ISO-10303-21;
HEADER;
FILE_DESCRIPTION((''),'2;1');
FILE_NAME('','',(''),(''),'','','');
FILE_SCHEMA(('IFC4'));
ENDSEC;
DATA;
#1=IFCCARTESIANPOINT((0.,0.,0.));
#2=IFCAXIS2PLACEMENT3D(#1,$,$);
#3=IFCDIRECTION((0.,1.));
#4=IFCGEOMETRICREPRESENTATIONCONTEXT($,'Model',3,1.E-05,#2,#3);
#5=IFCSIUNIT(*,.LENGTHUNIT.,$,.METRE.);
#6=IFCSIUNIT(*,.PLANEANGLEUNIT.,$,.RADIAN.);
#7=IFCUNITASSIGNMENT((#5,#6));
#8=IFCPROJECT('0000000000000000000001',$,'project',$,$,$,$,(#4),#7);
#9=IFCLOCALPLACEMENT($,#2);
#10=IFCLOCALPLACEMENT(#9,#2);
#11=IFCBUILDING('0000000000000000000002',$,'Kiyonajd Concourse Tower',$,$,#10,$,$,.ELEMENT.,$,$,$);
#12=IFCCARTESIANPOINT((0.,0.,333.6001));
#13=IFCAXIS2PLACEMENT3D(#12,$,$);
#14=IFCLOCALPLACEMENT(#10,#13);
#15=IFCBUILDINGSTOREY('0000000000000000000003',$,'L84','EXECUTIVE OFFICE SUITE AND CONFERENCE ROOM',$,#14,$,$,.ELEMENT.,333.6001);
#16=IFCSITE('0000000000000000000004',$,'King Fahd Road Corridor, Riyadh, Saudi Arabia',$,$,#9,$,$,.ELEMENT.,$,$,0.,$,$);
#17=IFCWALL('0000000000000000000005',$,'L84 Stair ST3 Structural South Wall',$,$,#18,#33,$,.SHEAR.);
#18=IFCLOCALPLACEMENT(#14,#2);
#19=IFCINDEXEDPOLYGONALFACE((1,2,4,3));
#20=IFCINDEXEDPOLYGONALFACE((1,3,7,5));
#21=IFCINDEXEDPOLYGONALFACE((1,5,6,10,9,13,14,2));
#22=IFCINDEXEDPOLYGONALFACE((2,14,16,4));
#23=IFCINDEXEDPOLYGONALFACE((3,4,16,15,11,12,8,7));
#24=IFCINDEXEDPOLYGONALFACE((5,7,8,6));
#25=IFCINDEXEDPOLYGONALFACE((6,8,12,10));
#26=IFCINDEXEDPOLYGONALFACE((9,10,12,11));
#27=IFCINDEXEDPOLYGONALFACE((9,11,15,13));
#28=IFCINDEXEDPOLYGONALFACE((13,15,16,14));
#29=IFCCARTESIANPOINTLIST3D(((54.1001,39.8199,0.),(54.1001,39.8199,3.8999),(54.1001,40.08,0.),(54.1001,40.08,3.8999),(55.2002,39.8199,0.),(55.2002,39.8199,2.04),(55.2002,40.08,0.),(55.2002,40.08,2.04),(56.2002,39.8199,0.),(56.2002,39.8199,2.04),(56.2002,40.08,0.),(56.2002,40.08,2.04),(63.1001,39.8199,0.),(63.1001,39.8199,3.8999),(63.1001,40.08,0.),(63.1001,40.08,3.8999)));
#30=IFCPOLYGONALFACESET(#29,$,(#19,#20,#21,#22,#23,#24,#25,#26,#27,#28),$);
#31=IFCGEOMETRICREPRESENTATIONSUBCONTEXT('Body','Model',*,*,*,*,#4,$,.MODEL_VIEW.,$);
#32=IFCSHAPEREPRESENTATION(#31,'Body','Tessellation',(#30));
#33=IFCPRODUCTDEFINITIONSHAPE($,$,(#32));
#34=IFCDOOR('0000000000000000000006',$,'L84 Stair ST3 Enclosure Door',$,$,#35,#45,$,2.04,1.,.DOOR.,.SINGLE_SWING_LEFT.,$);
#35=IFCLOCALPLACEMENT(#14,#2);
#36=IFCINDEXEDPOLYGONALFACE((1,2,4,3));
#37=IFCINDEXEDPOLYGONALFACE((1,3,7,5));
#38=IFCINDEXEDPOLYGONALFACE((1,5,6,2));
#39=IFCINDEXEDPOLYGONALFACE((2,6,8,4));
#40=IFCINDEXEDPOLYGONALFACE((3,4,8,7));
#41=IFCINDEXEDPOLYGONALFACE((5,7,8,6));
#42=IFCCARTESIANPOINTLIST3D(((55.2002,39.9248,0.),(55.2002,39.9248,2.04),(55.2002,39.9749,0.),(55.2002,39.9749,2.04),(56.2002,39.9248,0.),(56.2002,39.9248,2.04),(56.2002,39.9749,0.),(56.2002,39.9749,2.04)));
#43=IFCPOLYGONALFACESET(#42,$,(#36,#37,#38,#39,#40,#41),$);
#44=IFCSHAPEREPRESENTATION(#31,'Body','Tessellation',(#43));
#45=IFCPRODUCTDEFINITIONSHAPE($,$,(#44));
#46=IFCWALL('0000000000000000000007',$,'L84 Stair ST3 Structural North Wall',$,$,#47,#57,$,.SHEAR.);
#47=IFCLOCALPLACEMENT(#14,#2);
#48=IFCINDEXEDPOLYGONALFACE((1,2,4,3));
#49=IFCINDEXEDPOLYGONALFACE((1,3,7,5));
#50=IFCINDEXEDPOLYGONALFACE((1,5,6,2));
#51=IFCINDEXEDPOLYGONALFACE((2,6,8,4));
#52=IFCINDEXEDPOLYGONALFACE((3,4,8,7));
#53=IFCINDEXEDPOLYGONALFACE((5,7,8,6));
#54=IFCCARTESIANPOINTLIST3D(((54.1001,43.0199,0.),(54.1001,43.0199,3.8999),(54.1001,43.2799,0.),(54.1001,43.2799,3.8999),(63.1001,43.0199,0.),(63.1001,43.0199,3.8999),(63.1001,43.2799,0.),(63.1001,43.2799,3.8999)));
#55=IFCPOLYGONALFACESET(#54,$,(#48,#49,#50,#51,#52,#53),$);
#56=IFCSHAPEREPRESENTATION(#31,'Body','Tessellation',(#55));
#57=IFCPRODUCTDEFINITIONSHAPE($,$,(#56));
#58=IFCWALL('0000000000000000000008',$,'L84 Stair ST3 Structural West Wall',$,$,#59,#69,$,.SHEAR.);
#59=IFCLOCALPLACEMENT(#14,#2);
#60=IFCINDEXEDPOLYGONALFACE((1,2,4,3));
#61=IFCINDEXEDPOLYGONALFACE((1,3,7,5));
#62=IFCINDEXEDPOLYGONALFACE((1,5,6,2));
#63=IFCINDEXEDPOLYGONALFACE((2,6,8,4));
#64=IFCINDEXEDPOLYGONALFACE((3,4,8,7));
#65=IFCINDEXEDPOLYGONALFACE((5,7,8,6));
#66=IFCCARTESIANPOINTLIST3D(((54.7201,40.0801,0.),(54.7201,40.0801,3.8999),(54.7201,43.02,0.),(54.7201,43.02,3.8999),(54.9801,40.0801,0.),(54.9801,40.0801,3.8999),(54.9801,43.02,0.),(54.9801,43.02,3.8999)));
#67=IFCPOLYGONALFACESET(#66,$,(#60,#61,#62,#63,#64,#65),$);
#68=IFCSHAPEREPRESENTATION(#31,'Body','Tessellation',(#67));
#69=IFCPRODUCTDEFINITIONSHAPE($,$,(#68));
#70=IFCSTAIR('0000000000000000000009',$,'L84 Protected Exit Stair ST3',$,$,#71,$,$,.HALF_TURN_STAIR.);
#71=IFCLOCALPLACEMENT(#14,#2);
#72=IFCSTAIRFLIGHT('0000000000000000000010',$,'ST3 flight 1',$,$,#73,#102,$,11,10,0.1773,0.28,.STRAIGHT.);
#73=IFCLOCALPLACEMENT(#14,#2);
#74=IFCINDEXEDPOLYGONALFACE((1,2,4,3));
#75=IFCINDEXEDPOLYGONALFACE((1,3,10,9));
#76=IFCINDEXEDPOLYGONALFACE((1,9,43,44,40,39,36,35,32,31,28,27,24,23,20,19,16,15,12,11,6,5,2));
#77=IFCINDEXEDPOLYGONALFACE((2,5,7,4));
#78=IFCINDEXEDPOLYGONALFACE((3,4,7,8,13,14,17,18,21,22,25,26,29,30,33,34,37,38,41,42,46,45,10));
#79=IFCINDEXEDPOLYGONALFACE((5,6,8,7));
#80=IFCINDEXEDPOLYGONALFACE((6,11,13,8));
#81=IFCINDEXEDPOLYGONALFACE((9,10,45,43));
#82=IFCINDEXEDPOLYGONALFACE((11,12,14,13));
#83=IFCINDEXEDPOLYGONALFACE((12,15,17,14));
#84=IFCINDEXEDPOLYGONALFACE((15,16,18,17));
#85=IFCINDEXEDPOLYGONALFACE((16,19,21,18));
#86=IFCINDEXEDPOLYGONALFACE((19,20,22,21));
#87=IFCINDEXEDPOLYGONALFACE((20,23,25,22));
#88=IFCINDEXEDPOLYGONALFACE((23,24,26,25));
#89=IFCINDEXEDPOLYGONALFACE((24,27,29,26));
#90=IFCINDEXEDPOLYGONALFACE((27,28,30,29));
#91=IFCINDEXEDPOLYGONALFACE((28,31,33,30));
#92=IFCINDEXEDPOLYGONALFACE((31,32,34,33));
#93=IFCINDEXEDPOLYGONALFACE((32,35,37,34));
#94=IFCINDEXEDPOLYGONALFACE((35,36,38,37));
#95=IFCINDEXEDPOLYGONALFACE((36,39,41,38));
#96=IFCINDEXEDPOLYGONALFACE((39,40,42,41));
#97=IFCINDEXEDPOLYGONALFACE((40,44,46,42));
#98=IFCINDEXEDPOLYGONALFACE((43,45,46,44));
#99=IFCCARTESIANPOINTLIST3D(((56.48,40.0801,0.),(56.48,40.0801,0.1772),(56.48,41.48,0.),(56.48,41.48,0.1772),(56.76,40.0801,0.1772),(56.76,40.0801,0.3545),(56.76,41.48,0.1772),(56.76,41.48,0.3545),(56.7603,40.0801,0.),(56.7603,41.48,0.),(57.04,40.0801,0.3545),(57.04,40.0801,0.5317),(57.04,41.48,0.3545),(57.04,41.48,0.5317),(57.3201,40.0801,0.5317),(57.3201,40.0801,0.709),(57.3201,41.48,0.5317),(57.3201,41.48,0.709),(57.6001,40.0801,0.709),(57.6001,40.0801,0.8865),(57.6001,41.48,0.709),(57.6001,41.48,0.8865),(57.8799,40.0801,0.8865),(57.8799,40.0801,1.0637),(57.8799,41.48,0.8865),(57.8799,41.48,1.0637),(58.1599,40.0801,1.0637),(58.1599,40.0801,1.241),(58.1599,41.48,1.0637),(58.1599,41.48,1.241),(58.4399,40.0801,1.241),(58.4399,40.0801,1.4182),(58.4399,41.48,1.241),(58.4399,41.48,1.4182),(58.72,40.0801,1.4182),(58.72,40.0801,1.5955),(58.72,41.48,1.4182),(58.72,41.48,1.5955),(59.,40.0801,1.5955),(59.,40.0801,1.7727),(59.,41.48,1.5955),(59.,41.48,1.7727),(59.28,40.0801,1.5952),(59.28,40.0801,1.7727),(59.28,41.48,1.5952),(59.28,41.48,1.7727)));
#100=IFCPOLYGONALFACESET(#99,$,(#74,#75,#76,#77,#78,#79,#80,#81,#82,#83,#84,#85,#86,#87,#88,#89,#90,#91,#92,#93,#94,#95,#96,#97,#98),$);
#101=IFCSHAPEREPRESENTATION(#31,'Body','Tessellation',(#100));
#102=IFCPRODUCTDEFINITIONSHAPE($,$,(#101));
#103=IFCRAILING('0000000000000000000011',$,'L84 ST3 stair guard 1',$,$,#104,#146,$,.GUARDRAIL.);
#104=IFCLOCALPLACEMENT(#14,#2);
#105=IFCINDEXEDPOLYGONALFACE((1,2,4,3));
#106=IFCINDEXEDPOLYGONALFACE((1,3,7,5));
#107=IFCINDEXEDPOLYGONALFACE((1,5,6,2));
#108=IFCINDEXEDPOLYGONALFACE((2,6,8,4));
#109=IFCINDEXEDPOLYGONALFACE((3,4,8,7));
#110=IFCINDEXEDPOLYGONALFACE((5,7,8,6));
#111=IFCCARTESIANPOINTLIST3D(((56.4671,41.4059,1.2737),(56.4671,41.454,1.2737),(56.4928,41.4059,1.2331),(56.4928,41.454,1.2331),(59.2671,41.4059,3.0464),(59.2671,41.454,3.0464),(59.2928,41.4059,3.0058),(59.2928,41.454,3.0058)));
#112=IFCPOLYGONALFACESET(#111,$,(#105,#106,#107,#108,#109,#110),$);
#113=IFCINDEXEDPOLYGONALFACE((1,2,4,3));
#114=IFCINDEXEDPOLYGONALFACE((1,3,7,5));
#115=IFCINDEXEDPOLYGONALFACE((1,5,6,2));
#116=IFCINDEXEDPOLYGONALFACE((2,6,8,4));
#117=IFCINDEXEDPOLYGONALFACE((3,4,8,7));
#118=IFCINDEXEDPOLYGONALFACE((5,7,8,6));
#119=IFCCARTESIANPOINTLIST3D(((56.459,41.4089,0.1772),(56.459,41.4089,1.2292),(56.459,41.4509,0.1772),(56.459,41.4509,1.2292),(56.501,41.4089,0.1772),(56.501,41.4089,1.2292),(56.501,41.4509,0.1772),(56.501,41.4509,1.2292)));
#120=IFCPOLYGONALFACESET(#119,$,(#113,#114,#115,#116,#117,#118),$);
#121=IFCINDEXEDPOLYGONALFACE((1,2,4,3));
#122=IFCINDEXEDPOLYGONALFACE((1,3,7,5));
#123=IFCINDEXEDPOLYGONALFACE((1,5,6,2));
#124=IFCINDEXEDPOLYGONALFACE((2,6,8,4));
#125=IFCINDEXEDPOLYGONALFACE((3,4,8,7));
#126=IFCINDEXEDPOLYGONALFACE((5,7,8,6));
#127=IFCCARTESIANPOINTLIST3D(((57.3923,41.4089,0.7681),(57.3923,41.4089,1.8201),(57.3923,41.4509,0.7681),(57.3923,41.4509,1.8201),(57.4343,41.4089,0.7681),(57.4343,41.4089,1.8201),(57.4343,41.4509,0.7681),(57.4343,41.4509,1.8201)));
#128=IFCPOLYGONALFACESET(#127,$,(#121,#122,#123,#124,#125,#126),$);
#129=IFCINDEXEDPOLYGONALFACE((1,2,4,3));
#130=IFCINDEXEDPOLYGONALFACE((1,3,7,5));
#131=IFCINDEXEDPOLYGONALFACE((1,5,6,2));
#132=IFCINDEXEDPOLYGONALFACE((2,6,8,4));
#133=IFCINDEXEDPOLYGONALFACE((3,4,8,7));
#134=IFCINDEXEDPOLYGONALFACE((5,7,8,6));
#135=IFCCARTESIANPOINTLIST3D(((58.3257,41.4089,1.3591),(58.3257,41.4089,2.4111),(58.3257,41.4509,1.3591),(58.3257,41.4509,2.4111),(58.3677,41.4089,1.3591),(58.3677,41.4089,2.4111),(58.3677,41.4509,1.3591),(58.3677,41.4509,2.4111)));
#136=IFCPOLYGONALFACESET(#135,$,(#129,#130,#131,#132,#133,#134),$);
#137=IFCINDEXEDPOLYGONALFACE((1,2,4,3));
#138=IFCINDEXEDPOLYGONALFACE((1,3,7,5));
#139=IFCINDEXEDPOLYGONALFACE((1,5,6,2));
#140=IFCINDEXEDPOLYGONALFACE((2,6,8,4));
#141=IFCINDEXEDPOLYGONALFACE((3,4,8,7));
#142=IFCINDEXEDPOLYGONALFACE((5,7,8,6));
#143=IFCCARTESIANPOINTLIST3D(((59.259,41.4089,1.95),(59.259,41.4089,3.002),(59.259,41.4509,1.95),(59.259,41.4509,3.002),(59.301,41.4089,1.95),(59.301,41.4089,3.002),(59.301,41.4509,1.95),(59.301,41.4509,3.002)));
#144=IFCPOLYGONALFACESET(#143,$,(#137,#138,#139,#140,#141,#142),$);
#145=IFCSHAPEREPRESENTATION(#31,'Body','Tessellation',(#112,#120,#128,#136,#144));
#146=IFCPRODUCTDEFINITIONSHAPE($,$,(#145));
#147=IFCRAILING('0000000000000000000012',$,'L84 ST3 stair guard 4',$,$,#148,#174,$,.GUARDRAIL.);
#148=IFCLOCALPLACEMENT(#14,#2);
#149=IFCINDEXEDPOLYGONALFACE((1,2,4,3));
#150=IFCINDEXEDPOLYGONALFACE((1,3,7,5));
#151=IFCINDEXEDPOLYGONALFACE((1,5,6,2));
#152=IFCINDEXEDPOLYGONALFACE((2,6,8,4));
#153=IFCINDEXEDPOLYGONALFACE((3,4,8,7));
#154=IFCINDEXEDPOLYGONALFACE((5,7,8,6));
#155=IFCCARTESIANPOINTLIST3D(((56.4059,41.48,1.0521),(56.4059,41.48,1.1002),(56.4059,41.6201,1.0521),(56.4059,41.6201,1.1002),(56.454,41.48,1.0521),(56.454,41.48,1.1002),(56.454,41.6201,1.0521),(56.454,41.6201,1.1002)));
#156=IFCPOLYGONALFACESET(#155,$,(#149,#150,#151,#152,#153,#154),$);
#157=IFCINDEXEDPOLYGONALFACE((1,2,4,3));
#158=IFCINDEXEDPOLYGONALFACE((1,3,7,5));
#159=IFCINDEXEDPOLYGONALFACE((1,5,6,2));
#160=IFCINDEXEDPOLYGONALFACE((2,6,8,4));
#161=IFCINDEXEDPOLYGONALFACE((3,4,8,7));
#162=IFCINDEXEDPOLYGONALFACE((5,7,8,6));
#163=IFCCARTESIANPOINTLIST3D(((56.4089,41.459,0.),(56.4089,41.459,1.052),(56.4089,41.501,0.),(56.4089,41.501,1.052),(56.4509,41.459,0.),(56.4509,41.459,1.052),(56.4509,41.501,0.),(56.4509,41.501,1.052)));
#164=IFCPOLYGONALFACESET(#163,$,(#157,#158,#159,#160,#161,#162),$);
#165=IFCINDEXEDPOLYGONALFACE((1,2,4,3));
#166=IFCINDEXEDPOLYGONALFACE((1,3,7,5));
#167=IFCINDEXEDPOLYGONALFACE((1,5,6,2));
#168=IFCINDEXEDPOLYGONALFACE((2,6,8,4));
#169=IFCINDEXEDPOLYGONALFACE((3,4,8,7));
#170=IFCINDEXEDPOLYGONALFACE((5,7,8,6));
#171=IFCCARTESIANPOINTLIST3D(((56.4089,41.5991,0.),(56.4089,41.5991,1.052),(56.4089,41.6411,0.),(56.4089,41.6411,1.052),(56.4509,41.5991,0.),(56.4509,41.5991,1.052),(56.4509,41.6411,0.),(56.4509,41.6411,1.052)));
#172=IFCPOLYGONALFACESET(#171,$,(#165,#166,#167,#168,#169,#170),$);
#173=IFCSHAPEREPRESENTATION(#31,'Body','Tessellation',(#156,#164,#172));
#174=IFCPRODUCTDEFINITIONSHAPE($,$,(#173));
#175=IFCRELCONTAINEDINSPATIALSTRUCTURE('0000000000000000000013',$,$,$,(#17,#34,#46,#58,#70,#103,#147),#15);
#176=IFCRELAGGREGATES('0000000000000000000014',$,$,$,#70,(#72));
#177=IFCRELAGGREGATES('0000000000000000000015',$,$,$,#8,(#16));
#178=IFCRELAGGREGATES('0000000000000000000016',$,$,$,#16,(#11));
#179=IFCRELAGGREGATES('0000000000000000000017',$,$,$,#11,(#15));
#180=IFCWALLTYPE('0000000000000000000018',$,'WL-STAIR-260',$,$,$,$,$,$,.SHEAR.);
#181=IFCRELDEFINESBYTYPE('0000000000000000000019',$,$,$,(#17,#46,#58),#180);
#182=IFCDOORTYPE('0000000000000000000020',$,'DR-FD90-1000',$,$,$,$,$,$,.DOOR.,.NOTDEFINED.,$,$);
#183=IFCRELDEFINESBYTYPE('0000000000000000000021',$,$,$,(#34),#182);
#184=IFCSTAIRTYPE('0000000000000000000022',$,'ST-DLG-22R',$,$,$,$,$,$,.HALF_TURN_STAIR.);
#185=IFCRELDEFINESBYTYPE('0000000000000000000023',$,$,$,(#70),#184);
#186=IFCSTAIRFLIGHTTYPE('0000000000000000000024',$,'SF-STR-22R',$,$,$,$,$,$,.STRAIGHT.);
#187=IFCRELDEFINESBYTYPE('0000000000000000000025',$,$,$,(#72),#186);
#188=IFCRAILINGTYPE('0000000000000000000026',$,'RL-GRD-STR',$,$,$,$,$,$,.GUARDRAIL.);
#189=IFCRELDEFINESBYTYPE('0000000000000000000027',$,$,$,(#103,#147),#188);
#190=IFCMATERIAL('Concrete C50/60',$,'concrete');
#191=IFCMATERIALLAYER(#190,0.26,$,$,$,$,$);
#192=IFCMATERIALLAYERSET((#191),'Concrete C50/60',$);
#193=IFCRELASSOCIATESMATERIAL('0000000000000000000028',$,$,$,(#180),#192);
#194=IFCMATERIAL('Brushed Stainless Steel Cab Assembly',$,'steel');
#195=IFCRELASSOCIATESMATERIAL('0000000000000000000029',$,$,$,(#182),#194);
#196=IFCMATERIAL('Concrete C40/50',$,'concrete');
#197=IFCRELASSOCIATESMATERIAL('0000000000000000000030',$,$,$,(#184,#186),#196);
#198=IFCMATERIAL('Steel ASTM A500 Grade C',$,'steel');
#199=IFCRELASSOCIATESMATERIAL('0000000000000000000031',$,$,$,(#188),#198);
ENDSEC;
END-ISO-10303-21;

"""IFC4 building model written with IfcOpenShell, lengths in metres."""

from ifc_helpers import new_model, si_unit, direction, frame, frame_2d, origin, origin_2d, place, context, subcontext, project, spatial, polyline, rectangle, outline, extrude, material, layer, layer_set, type_object, element, fill, aggregate, save


model = new_model("IFC4")

# Units and contexts
model_context = context("Model", 3, precision=1e-05, world=origin(), true_north=direction((0.0, 1.0)))
body_context = subcontext(model_context, "Body", "Model", "MODEL_VIEW")
ifc_project = project(units=[si_unit("LENGTHUNIT", "METRE"), si_unit("PLANEANGLEUNIT", "RADIAN")], contexts=[model_context])

# Site, building, storey
site_placement = place(None, origin())
site = spatial("IfcSite", under=ifc_project, at=site_placement, Name="King Fahd Road Corridor, Riyadh, Saudi Arabia", CompositionType="ELEMENT", RefElevation=0.0)
building_placement = place(site_placement, origin())
building = spatial("IfcBuilding", under=site, at=building_placement, Name="Kiyonajd Concourse Tower", CompositionType="ELEMENT")
storey_placement = place(building_placement, frame((0.0, 0.0, 333.6001)))
storey = spatial("IfcBuildingStorey", under=building, at=storey_placement, Name="L84", Description="EXECUTIVE OFFICE SUITE AND CONFERENCE ROOM", CompositionType="ELEMENT", Elevation=333.6001)

# Shared definitions
ifc_material_1 = material(Name="Concrete C50/60", Category="concrete")

# Shared definitions
ifc_material_2 = material(Name="Brushed Stainless Steel Cab Assembly", Category="steel")

# Wall, opening, door
ifc_layer_1 = layer(ifc_material_1, 0.26)
ifc_layer_set_1 = layer_set([ifc_layer_1], Name="Concrete C50/60")
wall_type_1 = type_object("IfcWallType", Name="WL-STAIR-260", PredefinedType="SHEAR", material=ifc_layer_set_1)
wall_1_placement = place(storey_placement, frame((54.1001, 39.95, 0.0), z_axis=(0.0, 0.0, 1.0), x_axis=(1.0, 0.0, 0.0)))
wall_1 = element("IfcWall", 1, at=wall_1_placement, inside=storey, type_object=wall_type_1, Name="L84 Stair ST3 Structural South Wall", PredefinedType="SHEAR", context=body_context, shape_type="SweptSolid", body=[
    extrude(rectangle(XDim=9.0, YDim=0.26, at=frame_2d((4.5, 0.0))), origin(), (0.0, 0.0, 1.0), 3.8999),
])
opening_1_placement = place(wall_1_placement, frame((1.1001, 0.0, 0.0)))
opening_1 = element("IfcOpeningElement", 2, at=opening_1_placement, cuts=wall_1, PredefinedType="OPENING", context=body_context, shape_type="SweptSolid", body=[
    extrude(rectangle(XDim=1.0, YDim=2.04, at=frame_2d((0.5, 1.02))), frame((0.0, 0.1399, 0.0), z_axis=(0.0, -1.0, 0.0), x_axis=(1.0, 0.0, 0.0)), (0.0, 0.0, 1.0), 0.28),
])
door_type_1 = type_object("IfcDoorType", Name="DR-FD90-1000", OperationType="NOTDEFINED", PredefinedType="DOOR", material=ifc_material_2)
door_1_placement = place(opening_1_placement, origin())
door_1 = element("IfcDoor", 3, at=door_1_placement, inside=storey, type_object=door_type_1, Name="L84 Stair ST3 Enclosure Door", OperationType="SINGLE_SWING_LEFT", OverallHeight=2.04, OverallWidth=1.0, PredefinedType="DOOR", context=body_context, shape_type="SweptSolid", body=[
    extrude(rectangle(XDim=1.0, YDim=2.04, at=frame_2d((0.5, 1.02))), frame((0.0, 0.0249, 0.0), z_axis=(0.0, -1.0, 0.0), x_axis=(1.0, 0.0, 0.0)), (0.0, 0.0, 1.0), 0.05),
])
fill(opening_1, door_1)

# Walls
wall_2_placement = place(storey_placement, frame((54.1001, 43.1499, 0.0), z_axis=(0.0, 0.0, 1.0), x_axis=(1.0, 0.0, 0.0)))
element("IfcWall", 4, at=wall_2_placement, inside=storey, type_object=wall_type_1, Name="L84 Stair ST3 Structural North Wall", PredefinedType="SHEAR", context=body_context, shape_type="SweptSolid", body=[
    extrude(rectangle(XDim=9.0, YDim=0.26, at=frame_2d((4.5, 0.0))), origin(), (0.0, 0.0, 1.0), 3.8999),
])
wall_3_placement = place(storey_placement, frame((54.8501, 40.0801, 0.0), z_axis=(0.0, 0.0, 1.0), x_axis=(0.0, 1.0, 0.0)))
element("IfcWall", 5, at=wall_3_placement, inside=storey, type_object=wall_type_1, Name="L84 Stair ST3 Structural West Wall", PredefinedType="SHEAR", context=body_context, shape_type="SweptSolid", body=[
    extrude(rectangle(XDim=2.9399, YDim=0.26, at=frame_2d((1.47, 0.0))), origin(), (0.0, 0.0, 1.0), 3.8999),
])

# Stair, stair flight
ifc_material_3 = material(Name="Concrete C40/50", Category="concrete")
stair_type = type_object("IfcStairType", Name="ST-DLG-22R", PredefinedType="HALF_TURN_STAIR", material=ifc_material_3)
stair_placement = place(storey_placement, origin())
stair = element("IfcStair", 6, at=stair_placement, inside=storey, type_object=stair_type, Name="L84 Protected Exit Stair ST3", PredefinedType="HALF_TURN_STAIR")
stair_flight_type = type_object("IfcStairFlightType", Name="SF-STR-22R", PredefinedType="STRAIGHT", material=ifc_material_3)
stair_flight_placement = place(storey_placement, frame((56.48, 40.78, 0.0), z_axis=(0.0, 0.0, 1.0), x_axis=(1.0, 0.0, 0.0)))
stair_flight = element("IfcStairFlight", 7, at=stair_flight_placement, type_object=stair_flight_type, Name="ST3 flight 1", NumberOfRisers=11, NumberOfTreads=10, PredefinedType="STRAIGHT", RiserHeight=0.1773, TreadLength=0.28, context=body_context, shape_type="SweptSolid", body=[
    extrude(outline(polyline([(0.0, 0.0), (0.0, 0.1772), (0.28, 0.1772), (0.28, 0.3545), (0.5601, 0.3545), (0.5601, 0.5317), (0.8401, 0.5317), (0.8401, 0.709), (1.1201, 0.709), (1.1201, 0.8865), (1.3999, 0.8865), (1.3999, 1.0637), (1.6799, 1.0637), (1.6799, 1.241), (1.96, 1.241), (1.96, 1.4182), (2.24, 1.4182), (2.24, 1.5955), (2.52, 1.5955), (2.52, 1.7727), (2.8, 1.7727), (2.8, 1.95), (2.8, 1.5952), (0.2803, 0.0), (0.0, 0.0)])), frame((0.0, 0.7, 0.0), z_axis=(0.0, -1.0, 0.0), x_axis=(1.0, 0.0, 0.0)), (0.0, 0.0, 1.0), 1.3999),
])
aggregate(stair, [stair_flight])

# Railings
ifc_material_4 = material(Name="Steel ASTM A500 Grade C", Category="steel")
railing_type_1 = type_object("IfcRailingType", Name="RL-GRD-STR", PredefinedType="GUARDRAIL", material=ifc_material_4)
railing_1_placement = place(storey_placement, frame((56.48, 41.4299, 0.1772)))
element("IfcRailing", 8, at=railing_1_placement, inside=storey, type_object=railing_type_1, Name="L84 ST3 stair guard 1", PredefinedType="GUARDRAIL", context=body_context, shape_type="SweptSolid", body=[
    extrude(rectangle(XDim=0.0481, YDim=0.0481, at=origin_2d()), frame((0.0, 0.0, 1.0762), z_axis=(0.844909, 0.0, 0.53491), x_axis=(0.0, 1.0, 0.0)), (0.0, 0.0, 1.0), 3.314),
    extrude(rectangle(XDim=0.042, YDim=0.042, at=origin_2d()), origin(), (0.0, 0.0, 1.0), 1.052),
    extrude(rectangle(XDim=0.042, YDim=0.042, at=origin_2d()), frame((0.9333, 0.0, 0.5908)), (0.0, 0.0, 1.0), 1.052),
    extrude(rectangle(XDim=0.042, YDim=0.042, at=origin_2d()), frame((1.8667, 0.0, 1.1819)), (0.0, 0.0, 1.0), 1.052),
    extrude(rectangle(XDim=0.042, YDim=0.042, at=origin_2d()), frame((2.8, 0.0, 1.7727)), (0.0, 0.0, 1.0), 1.052),
])
railing_2_placement = place(storey_placement, frame((56.4299, 41.48, 0.0)))
element("IfcRailing", 9, at=railing_2_placement, inside=storey, type_object=railing_type_1, Name="L84 ST3 stair guard 4", PredefinedType="GUARDRAIL", context=body_context, shape_type="SweptSolid", body=[
    extrude(rectangle(XDim=0.0481, YDim=0.0481, at=origin_2d()), frame((0.0, 0.0, 1.0762), z_axis=(0.0, 1.0, 0.0), x_axis=(-1.0, 0.0, 0.0)), (0.0, 0.0, 1.0), 0.1401),
    extrude(rectangle(XDim=0.042, YDim=0.042, at=origin_2d()), origin(), (0.0, 0.0, 1.0), 1.052),
    extrude(rectangle(XDim=0.042, YDim=0.042, at=origin_2d()), frame((0.0, 0.1401, 0.0)), (0.0, 0.0, 1.0), 1.052),
])

save(model, "model.ifc")
